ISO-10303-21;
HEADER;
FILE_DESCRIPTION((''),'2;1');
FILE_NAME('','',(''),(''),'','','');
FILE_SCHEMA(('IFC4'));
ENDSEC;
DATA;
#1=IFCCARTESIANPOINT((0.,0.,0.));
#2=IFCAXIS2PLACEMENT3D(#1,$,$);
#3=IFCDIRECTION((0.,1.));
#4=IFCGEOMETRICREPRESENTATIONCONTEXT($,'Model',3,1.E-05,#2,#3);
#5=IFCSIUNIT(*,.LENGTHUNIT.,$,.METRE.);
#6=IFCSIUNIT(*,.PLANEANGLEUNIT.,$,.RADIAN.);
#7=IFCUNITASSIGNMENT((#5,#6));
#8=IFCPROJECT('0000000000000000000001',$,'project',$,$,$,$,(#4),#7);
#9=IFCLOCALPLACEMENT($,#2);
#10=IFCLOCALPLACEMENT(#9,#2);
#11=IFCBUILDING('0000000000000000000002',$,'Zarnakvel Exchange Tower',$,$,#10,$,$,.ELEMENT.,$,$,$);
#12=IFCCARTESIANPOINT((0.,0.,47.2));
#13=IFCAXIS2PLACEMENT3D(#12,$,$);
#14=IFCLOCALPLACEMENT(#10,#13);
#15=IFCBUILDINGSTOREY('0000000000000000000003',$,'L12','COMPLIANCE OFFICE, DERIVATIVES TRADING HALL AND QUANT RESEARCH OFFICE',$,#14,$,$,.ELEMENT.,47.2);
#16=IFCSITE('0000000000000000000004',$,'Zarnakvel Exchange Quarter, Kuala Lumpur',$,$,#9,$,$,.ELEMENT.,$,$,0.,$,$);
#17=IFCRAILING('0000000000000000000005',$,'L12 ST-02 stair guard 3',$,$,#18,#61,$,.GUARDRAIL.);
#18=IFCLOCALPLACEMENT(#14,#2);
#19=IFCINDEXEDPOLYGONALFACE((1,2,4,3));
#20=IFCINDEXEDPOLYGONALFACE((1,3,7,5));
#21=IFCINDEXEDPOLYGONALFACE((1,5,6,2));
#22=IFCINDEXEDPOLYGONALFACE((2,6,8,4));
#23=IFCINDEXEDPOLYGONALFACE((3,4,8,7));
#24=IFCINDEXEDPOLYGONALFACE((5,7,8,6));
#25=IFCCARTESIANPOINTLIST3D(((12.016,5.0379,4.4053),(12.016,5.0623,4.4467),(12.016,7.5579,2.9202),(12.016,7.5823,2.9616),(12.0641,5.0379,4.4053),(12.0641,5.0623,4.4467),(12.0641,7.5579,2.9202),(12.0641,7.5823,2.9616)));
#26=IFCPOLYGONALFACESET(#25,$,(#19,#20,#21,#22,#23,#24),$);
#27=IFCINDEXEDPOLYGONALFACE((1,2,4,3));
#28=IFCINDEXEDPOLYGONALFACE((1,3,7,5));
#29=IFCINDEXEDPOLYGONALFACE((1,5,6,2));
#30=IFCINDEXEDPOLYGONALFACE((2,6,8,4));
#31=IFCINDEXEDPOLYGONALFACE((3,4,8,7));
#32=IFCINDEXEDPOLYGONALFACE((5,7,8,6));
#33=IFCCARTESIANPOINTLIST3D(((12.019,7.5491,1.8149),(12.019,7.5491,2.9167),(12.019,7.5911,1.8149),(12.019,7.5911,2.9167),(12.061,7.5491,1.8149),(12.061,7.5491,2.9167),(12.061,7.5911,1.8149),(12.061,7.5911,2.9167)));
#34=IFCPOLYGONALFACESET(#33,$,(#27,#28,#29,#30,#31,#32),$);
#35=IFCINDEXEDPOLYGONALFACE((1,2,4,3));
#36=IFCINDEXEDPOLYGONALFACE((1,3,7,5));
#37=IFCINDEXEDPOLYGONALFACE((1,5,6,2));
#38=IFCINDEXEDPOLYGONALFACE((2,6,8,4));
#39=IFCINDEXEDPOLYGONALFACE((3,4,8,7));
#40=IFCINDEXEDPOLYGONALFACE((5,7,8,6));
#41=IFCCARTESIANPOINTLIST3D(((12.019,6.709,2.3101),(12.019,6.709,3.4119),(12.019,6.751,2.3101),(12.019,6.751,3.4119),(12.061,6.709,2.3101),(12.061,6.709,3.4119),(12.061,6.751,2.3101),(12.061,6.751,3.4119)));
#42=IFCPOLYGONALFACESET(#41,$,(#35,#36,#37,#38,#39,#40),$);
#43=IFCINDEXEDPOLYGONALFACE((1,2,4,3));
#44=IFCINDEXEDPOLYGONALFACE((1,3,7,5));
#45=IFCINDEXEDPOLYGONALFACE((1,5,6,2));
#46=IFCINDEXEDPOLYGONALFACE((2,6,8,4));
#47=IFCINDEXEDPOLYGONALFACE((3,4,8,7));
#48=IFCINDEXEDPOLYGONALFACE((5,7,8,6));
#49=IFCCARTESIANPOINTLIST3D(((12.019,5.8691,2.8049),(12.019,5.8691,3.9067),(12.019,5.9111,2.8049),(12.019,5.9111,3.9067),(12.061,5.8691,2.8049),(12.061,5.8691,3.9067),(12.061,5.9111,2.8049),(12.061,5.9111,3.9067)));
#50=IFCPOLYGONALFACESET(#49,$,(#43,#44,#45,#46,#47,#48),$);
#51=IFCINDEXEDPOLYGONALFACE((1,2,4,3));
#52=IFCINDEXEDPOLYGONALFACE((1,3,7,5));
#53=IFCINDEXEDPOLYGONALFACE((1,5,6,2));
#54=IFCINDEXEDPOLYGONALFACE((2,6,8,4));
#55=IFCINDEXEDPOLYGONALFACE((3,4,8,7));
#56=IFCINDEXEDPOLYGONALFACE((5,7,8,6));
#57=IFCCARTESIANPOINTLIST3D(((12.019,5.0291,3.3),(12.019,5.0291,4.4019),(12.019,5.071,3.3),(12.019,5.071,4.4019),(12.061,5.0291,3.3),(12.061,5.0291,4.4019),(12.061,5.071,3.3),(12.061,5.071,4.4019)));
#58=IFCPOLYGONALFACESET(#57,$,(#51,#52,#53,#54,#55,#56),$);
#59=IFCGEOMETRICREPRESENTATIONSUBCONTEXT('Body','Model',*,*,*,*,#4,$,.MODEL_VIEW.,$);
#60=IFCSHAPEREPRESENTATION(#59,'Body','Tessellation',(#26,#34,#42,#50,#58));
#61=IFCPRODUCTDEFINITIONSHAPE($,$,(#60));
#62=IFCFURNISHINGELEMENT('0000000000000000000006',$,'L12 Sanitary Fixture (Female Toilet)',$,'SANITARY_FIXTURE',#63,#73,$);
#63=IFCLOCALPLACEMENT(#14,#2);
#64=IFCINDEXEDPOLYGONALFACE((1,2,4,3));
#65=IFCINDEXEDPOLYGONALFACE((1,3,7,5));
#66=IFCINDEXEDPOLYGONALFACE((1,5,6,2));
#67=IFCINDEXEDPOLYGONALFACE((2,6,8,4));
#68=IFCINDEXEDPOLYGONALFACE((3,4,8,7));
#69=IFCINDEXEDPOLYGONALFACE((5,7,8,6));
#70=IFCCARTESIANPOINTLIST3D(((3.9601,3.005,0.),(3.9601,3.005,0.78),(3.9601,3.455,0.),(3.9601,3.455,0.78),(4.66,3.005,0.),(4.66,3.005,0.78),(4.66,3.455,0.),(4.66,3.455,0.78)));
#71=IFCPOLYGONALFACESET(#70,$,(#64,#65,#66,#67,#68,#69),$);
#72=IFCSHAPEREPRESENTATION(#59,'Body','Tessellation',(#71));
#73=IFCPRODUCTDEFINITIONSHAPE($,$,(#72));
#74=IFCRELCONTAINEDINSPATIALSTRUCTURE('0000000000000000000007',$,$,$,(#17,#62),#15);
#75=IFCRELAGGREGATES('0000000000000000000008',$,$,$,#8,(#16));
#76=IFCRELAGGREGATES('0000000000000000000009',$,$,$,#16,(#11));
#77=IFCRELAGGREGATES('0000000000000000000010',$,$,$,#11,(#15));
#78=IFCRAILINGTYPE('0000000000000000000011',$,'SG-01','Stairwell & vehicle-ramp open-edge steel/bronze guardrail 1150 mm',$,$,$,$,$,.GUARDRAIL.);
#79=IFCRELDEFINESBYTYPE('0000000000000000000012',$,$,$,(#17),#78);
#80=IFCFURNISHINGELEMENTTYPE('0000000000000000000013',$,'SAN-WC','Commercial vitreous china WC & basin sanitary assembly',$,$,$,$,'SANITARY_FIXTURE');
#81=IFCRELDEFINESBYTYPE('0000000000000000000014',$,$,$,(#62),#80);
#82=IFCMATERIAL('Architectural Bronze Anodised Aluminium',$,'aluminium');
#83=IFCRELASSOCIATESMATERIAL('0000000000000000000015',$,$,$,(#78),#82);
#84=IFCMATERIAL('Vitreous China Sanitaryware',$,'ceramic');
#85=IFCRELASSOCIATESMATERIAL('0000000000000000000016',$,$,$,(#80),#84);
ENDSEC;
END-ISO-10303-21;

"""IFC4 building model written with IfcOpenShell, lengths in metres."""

from ifc_helpers import new_model, si_unit, direction, frame, origin, origin_2d, place, context, subcontext, project, spatial, rectangle, extrude, source, transform, mapped, material, type_object, element, save


model = new_model("IFC4")

# Units and contexts
model_context = context("Model", 3, precision=1e-05, world=origin(), true_north=direction((0.0, 1.0)))
body_context = subcontext(model_context, "Body", "Model", "MODEL_VIEW")
ifc_project = project(units=[si_unit("LENGTHUNIT", "METRE"), si_unit("PLANEANGLEUNIT", "RADIAN")], contexts=[model_context])

# Site, building, storey
site_placement = place(None, origin())
site = spatial("IfcSite", under=ifc_project, at=site_placement, Name="Zarnakvel Exchange Quarter, Kuala Lumpur", CompositionType="ELEMENT", RefElevation=0.0)
building_placement = place(site_placement, origin())
building = spatial("IfcBuilding", under=site, at=building_placement, Name="Zarnakvel Exchange Tower", CompositionType="ELEMENT")
storey_placement = place(building_placement, frame((0.0, 0.0, 47.2)))
storey = spatial("IfcBuildingStorey", under=building, at=storey_placement, Name="L12", Description="COMPLIANCE OFFICE, DERIVATIVES TRADING HALL AND QUANT RESEARCH OFFICE", CompositionType="ELEMENT", Elevation=47.2)

# Railing
ifc_material_1 = material(Name="Architectural Bronze Anodised Aluminium", Category="aluminium")
railing_type_1 = type_object("IfcRailingType", Name="SG-01", Description="Stairwell & vehicle-ramp open-edge steel/bronze guardrail 1150 mm", PredefinedType="GUARDRAIL", material=ifc_material_1)
railing_1_placement = place(storey_placement, frame((12.04, 7.5701, 1.8149)))
element("IfcRailing", 1, at=railing_1_placement, inside=storey, type_object=railing_type_1, Name="L12 ST-02 stair guard 3", PredefinedType="GUARDRAIL", context=body_context, shape_type="SweptSolid", body=[
    extrude(rectangle(XDim=0.0481, YDim=0.0481, at=origin_2d()), frame((0.0, 0.0, 1.126), z_axis=(0.0, -0.861524, 0.507717), x_axis=(1.0, 0.0, 0.0)), (0.0, 0.0, 1.0), 2.925),
    extrude(rectangle(XDim=0.042, YDim=0.042, at=origin_2d()), origin(), (0.0, 0.0, 1.0), 1.1018),
    extrude(rectangle(XDim=0.042, YDim=0.042, at=origin_2d()), frame((0.0, -0.8401, 0.4951)), (0.0, 0.0, 1.0), 1.1018),
    extrude(rectangle(XDim=0.042, YDim=0.042, at=origin_2d()), frame((0.0, -1.6799, 0.99)), (0.0, 0.0, 1.0), 1.1018),
    extrude(rectangle(XDim=0.042, YDim=0.042, at=origin_2d()), frame((0.0, -2.52, 1.4851)), (0.0, 0.0, 1.0), 1.1018),
])

# Furnishing element
ifc_material_2 = material(Name="Vitreous China Sanitaryware", Category="ceramic")
furnishing_element_type = type_object("IfcFurnishingElementType", Name="SAN-WC", Description="Commercial vitreous china WC & basin sanitary assembly", ElementType="SANITARY_FIXTURE", material=ifc_material_2)
shared_shape_1 = source(origin(), body_context, "Body", "SweptSolid", [
    extrude(rectangle(XDim=0.7, YDim=0.45, at=origin_2d()), origin(), (0.0, 0.0, 1.0), 0.78),
])
furnishing_placement = place(storey_placement, frame((4.3101, 3.23, 0.0), z_axis=(0.0, 0.0, 1.0), x_axis=(1.0, 0.0, 0.0)))
element("IfcFurnishingElement", 2, at=furnishing_placement, inside=storey, type_object=furnishing_element_type, Name="L12 Sanitary Fixture (Female Toilet)", ObjectType="SANITARY_FIXTURE", context=body_context, shape_type="MappedRepresentation", body=[
    mapped(shared_shape_1, transform((0.0, 0.0, 0.0), x_axis=(1.0, 0.0, 0.0), y_axis=(0.0, 1.0, 0.0), z_axis=(0.0, 0.0, 1.0), scale=1.0)),
])

save(model, "model.ifc")
